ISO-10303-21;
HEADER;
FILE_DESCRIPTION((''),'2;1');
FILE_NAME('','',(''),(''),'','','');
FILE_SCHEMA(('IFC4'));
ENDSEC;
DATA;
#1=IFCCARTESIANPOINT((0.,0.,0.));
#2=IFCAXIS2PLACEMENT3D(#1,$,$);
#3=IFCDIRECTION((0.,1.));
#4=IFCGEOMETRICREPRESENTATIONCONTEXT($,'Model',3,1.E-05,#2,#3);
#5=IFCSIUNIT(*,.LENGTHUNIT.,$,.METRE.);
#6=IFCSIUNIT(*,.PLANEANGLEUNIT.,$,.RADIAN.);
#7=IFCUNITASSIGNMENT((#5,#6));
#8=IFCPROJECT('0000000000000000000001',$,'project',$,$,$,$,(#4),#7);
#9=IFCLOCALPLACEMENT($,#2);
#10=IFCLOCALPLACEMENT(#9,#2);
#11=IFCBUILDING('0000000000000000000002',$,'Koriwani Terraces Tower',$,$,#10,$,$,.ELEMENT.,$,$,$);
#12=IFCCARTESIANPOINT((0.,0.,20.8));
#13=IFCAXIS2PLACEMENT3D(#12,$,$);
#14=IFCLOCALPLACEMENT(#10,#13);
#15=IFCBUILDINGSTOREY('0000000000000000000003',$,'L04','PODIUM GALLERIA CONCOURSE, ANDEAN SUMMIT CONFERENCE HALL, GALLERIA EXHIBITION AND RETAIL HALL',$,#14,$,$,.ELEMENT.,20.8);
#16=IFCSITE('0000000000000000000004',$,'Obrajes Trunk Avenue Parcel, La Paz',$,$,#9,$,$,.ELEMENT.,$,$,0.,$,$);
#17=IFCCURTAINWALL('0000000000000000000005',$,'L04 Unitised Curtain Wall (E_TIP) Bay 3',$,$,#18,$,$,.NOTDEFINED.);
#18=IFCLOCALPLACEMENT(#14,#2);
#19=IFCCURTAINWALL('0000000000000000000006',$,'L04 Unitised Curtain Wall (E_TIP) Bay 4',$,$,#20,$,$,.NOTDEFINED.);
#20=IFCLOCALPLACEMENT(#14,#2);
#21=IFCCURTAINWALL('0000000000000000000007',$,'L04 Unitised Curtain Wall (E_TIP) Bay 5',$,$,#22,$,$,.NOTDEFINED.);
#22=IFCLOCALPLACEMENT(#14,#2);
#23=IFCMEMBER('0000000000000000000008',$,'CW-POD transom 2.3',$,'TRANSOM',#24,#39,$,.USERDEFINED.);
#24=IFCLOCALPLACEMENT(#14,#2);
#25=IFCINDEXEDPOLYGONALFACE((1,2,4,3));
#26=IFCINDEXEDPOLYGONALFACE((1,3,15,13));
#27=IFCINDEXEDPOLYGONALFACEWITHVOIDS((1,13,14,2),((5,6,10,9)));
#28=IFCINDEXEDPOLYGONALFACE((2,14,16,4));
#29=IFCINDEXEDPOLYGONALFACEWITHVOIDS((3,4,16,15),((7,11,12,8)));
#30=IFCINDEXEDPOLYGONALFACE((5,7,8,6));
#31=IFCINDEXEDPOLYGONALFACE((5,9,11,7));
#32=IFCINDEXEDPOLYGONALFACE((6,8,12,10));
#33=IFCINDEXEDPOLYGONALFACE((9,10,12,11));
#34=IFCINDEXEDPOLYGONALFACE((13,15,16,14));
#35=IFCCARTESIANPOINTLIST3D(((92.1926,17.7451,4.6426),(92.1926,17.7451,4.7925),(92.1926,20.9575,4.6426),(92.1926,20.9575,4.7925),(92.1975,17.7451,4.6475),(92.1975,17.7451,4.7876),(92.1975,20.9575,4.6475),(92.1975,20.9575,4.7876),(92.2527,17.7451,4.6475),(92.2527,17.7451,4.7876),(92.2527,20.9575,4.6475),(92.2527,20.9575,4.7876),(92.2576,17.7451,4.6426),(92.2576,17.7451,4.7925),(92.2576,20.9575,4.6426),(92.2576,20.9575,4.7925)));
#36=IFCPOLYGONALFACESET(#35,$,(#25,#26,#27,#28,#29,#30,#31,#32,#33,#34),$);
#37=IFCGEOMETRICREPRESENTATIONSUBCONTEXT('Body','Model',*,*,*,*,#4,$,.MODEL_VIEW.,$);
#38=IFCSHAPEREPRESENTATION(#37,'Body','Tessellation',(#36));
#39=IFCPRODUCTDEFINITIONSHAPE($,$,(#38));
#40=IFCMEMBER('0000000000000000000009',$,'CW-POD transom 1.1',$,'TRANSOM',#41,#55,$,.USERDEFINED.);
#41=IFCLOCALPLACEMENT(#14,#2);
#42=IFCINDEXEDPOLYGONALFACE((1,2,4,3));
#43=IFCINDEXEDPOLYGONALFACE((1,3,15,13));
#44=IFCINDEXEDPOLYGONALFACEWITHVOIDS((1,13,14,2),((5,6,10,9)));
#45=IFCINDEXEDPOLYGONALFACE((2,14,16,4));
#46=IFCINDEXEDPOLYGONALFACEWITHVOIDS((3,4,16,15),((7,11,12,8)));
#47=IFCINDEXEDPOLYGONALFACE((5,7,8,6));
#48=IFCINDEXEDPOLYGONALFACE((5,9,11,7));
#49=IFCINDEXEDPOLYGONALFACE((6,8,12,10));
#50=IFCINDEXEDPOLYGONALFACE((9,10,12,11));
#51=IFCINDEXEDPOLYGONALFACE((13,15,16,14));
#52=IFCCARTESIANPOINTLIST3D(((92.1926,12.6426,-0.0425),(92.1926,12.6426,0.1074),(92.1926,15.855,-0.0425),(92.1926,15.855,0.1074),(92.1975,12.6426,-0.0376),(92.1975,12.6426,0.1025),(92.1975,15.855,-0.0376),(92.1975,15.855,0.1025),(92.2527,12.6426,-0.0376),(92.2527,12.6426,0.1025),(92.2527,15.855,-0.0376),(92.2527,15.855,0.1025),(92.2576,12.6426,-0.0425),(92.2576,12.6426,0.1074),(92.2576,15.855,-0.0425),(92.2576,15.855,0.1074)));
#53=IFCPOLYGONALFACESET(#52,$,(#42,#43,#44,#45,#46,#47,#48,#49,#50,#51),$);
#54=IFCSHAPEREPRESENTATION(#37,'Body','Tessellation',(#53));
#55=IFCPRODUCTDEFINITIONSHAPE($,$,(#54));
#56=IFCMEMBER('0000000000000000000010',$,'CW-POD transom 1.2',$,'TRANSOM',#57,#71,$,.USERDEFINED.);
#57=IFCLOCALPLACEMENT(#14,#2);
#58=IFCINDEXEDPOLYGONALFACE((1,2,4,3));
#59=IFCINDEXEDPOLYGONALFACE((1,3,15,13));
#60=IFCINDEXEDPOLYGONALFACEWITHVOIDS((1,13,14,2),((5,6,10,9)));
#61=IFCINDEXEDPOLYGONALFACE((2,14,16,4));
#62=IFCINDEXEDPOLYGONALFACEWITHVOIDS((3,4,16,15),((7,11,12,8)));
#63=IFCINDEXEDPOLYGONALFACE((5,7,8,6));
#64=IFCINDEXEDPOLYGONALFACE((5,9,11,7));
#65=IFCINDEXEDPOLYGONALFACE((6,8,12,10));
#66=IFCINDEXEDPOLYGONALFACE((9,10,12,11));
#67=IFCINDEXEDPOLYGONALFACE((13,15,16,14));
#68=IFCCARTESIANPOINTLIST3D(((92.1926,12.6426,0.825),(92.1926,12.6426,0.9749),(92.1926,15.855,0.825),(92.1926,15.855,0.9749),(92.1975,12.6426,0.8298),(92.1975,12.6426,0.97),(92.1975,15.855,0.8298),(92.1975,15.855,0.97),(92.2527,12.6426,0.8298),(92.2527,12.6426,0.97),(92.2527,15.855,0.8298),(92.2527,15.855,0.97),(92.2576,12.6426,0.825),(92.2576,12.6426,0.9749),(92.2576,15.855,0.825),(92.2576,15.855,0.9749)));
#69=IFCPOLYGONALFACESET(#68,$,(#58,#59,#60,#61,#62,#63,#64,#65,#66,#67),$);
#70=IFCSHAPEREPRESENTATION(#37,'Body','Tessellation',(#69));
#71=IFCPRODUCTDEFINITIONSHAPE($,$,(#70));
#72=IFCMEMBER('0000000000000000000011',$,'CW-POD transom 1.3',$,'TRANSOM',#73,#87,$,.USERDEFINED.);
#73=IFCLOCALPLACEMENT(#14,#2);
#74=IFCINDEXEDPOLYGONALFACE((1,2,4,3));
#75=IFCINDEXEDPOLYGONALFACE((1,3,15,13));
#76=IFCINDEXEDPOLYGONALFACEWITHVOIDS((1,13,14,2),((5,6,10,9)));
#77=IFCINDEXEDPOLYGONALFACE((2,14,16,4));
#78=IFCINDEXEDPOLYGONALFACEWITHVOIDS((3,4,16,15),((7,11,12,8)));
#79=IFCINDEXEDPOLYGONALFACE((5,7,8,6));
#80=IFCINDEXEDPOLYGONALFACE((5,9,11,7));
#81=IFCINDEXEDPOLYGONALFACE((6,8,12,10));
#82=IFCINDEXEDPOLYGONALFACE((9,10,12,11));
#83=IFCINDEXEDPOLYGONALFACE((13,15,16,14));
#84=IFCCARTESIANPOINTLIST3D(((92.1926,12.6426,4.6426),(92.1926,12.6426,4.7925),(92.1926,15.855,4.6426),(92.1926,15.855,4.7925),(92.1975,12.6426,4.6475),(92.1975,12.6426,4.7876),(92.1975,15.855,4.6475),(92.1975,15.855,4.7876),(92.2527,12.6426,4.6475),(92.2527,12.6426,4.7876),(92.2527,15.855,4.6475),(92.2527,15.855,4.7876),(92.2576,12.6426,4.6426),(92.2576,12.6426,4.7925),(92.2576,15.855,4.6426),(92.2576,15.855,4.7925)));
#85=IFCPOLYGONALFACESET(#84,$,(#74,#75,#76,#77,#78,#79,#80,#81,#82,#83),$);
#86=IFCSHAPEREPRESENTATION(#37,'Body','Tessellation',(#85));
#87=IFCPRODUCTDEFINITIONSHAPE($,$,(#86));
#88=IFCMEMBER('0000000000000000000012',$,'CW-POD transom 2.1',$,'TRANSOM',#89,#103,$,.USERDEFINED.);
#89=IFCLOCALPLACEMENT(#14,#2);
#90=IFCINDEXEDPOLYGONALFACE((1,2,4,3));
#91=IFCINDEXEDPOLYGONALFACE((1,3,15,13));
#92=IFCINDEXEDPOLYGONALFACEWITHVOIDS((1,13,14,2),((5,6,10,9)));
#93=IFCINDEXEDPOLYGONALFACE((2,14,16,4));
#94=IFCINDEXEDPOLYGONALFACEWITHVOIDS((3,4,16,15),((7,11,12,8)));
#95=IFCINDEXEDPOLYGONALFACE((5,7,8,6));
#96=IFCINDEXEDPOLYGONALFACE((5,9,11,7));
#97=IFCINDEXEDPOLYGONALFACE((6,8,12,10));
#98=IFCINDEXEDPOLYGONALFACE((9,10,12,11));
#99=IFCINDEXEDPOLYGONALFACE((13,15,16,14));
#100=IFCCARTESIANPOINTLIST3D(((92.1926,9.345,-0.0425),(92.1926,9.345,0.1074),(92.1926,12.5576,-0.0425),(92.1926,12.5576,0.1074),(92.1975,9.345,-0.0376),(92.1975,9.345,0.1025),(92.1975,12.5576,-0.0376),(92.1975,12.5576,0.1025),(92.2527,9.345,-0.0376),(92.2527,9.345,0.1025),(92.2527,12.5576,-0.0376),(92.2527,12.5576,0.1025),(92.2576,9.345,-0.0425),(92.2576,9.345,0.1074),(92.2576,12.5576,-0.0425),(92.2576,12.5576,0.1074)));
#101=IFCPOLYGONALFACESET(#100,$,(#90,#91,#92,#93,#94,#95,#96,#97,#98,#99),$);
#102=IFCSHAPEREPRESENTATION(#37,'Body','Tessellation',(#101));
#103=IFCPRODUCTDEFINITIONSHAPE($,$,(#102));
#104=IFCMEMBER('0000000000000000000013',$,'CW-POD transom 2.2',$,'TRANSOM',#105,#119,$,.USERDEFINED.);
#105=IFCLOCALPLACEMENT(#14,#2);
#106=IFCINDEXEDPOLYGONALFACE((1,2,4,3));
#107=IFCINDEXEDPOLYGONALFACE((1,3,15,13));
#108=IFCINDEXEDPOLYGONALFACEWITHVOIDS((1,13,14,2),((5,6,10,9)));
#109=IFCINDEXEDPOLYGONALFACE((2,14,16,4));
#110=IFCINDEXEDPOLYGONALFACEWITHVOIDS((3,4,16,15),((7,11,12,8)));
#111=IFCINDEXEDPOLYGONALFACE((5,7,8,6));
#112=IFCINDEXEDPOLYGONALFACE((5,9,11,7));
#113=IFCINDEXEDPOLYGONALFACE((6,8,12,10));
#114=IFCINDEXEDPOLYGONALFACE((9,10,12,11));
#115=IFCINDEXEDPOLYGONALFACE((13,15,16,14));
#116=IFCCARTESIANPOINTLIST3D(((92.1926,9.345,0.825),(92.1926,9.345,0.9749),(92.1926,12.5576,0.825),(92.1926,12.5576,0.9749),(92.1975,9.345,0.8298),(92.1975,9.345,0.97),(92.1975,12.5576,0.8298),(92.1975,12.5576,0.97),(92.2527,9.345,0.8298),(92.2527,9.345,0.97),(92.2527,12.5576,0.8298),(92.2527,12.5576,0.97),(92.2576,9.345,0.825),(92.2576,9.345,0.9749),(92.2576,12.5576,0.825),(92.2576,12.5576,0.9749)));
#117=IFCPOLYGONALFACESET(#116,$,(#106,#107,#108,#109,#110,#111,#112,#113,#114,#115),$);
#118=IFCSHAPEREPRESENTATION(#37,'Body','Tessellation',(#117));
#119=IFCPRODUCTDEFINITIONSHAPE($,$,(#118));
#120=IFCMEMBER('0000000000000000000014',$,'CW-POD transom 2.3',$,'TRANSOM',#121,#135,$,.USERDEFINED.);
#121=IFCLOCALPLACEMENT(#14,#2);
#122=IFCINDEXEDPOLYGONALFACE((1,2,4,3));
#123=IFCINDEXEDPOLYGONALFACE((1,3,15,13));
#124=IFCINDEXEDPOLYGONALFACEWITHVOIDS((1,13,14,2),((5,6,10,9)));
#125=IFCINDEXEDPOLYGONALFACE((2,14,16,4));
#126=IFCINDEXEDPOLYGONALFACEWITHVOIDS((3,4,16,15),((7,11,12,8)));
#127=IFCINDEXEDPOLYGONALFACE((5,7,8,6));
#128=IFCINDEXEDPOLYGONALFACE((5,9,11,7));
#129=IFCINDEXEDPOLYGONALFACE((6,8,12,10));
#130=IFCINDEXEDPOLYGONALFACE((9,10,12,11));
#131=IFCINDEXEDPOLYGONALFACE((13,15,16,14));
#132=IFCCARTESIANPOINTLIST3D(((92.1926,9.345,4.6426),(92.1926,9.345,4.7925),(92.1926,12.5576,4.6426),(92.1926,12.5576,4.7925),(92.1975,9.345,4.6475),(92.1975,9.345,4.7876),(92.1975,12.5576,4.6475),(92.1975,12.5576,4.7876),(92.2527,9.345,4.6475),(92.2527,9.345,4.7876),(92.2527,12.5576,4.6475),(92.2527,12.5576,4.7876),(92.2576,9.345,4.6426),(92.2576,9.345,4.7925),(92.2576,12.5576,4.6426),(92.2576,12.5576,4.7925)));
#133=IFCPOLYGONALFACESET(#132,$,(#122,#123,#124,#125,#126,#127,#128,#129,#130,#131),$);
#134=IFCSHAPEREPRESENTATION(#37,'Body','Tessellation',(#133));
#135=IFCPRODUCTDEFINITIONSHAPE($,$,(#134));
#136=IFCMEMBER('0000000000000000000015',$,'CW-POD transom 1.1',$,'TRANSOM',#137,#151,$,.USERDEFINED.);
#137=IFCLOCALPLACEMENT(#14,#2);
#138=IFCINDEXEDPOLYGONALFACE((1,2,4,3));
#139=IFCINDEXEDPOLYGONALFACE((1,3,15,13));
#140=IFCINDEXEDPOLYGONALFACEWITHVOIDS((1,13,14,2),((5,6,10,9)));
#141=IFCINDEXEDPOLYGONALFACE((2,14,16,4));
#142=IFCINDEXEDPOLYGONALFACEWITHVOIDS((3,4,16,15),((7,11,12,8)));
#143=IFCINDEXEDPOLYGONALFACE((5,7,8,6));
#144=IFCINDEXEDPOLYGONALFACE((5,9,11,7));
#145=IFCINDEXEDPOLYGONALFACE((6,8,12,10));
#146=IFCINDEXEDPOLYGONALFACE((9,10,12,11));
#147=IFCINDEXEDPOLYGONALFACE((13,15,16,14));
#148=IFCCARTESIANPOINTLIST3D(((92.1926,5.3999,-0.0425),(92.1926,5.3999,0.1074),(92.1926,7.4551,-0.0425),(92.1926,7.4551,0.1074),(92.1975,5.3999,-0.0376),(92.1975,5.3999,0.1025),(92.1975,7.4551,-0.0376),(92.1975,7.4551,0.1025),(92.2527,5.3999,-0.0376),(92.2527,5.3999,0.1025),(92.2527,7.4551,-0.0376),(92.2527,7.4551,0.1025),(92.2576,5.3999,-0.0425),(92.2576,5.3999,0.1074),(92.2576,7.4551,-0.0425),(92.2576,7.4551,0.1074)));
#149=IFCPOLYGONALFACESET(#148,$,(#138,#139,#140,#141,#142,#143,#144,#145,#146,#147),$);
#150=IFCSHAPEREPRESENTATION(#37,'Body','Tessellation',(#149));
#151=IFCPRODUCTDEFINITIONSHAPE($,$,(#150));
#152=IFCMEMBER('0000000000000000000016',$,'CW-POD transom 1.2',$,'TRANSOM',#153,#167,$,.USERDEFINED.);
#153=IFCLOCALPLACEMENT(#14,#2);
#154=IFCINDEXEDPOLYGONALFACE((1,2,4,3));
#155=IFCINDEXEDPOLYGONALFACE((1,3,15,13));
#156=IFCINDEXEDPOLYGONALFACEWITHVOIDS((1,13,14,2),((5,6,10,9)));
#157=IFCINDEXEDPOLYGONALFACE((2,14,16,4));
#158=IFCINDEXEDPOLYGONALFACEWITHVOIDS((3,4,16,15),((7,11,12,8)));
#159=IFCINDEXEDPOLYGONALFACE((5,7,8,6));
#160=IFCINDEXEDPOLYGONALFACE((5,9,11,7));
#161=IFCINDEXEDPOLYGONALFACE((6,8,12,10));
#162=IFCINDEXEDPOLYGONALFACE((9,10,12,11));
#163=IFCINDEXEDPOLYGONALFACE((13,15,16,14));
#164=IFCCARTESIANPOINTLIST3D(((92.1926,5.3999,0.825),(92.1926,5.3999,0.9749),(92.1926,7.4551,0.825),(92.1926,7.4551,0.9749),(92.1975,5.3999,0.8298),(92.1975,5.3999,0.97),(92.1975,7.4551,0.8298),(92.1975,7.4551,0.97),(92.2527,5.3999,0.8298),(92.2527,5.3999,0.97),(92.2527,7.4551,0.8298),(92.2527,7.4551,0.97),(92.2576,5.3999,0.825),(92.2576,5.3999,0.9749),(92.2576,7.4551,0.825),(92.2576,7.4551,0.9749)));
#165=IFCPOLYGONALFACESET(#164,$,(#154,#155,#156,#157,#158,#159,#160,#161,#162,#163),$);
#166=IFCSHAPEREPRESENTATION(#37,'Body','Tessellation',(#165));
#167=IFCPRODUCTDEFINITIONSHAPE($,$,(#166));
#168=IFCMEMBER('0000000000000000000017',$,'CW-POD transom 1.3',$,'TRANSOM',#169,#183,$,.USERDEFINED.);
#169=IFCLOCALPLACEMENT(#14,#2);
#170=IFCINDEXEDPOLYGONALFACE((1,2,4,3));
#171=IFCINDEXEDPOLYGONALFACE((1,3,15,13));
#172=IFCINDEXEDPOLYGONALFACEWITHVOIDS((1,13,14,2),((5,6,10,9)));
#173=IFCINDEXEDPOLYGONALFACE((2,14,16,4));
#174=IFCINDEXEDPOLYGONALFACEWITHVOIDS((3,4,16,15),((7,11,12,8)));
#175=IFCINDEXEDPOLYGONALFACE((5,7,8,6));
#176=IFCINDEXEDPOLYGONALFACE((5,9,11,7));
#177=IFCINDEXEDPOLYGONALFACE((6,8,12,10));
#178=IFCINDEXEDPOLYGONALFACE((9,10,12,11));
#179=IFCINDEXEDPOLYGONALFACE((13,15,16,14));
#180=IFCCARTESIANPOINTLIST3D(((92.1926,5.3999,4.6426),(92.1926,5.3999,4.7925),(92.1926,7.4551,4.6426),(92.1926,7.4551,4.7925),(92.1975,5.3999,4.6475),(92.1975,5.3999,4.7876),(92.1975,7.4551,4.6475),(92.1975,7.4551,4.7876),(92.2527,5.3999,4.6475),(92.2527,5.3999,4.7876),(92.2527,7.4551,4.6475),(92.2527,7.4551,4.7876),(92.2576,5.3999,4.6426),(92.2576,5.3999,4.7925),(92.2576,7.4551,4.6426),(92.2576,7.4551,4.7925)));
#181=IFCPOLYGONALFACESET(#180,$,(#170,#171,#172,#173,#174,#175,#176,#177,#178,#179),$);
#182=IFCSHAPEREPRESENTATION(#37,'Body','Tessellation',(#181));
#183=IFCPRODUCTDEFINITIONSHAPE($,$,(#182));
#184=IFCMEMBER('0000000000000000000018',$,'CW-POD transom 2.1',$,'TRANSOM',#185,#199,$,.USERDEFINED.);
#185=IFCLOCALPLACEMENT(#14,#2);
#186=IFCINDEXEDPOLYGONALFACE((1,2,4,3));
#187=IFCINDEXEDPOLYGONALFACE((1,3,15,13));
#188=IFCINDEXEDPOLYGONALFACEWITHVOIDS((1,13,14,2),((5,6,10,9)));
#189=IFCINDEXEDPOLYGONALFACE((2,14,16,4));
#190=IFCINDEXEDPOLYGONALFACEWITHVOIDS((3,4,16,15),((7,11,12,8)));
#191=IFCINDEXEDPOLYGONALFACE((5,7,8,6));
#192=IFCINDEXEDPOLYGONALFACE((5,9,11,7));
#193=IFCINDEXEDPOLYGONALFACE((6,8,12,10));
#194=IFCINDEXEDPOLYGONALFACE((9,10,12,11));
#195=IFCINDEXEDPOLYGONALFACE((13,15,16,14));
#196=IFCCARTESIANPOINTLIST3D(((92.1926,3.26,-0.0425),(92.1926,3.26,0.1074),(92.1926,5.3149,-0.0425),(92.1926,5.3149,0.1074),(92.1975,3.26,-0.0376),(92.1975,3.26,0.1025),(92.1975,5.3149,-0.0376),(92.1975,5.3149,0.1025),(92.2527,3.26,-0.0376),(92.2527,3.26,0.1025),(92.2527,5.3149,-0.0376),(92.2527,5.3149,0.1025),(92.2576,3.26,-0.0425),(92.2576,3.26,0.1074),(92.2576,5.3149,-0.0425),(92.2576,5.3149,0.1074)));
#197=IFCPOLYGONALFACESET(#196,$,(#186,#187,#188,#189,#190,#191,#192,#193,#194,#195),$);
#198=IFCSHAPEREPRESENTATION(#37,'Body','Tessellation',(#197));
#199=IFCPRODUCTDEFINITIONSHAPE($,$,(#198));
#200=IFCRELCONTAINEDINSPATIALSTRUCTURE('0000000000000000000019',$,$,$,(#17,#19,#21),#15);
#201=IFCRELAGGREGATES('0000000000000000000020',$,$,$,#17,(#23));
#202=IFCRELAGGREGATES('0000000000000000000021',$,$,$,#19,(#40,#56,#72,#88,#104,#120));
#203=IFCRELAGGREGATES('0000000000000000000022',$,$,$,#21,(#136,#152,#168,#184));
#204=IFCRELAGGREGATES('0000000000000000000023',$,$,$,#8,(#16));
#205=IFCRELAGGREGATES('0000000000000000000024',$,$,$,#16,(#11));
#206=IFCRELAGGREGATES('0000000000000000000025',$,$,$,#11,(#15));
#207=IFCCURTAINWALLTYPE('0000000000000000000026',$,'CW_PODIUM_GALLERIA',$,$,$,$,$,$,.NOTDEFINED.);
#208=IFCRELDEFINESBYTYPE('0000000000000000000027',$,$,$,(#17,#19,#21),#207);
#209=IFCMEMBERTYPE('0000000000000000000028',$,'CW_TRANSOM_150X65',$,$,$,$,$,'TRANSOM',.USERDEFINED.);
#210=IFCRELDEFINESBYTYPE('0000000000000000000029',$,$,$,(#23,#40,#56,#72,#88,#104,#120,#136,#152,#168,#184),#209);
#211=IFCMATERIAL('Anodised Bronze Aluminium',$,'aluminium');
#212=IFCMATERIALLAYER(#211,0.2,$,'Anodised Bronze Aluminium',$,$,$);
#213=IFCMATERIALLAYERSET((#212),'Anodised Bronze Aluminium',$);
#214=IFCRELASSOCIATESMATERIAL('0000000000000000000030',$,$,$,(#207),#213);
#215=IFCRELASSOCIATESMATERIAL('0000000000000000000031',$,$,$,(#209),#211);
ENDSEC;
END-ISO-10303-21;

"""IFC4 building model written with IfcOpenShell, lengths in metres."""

from ifc_helpers import new_model, si_unit, direction, frame, origin, origin_2d, place, context, subcontext, project, spatial, hollow_rectangle, extrude, material, layer, layer_set, material_profile, profile_set, type_object, element, aggregate, save


model = new_model("IFC4")

# Units and contexts
model_context = context("Model", 3, precision=1e-05, world=origin(), true_north=direction((0.0, 1.0)))
body_context = subcontext(model_context, "Body", "Model", "MODEL_VIEW")
ifc_project = project(units=[si_unit("LENGTHUNIT", "METRE"), si_unit("PLANEANGLEUNIT", "RADIAN")], contexts=[model_context])

# Site, building, storey
site_placement = place(None, origin())
site = spatial("IfcSite", under=ifc_project, at=site_placement, Name="Obrajes Trunk Avenue Parcel, La Paz", CompositionType="ELEMENT", RefElevation=0.0)
building_placement = place(site_placement, origin())
building = spatial("IfcBuilding", under=site, at=building_placement, Name="Koriwani Terraces Tower", CompositionType="ELEMENT")
storey_placement = place(building_placement, frame((0.0, 0.0, 20.8)))
storey = spatial("IfcBuildingStorey", under=building, at=storey_placement, Name="L04", Description="PODIUM GALLERIA CONCOURSE, ANDEAN SUMMIT CONFERENCE HALL, GALLERIA EXHIBITION AND RETAIL HALL", CompositionType="ELEMENT", Elevation=20.8)

# Curtain walls
ifc_material_1 = material(Name="Anodised Bronze Aluminium", Category="aluminium")
ifc_layer_1 = layer(ifc_material_1, 0.2, Name="Anodised Bronze Aluminium")
ifc_layer_set_1 = layer_set([ifc_layer_1], Name="Anodised Bronze Aluminium")
curtain_wall_type = type_object("IfcCurtainWallType", Name="CW_PODIUM_GALLERIA", PredefinedType="NOTDEFINED", material=ifc_layer_set_1)
curtain_wall_1_placement = place(storey_placement, origin())
curtain_wall_1 = element("IfcCurtainWall", 1, at=curtain_wall_1_placement, inside=storey, type_object=curtain_wall_type, Name="L04 Unitised Curtain Wall (E_TIP) Bay 3", PredefinedType="NOTDEFINED")
curtain_wall_2_placement = place(storey_placement, origin())
curtain_wall_2 = element("IfcCurtainWall", 2, at=curtain_wall_2_placement, inside=storey, type_object=curtain_wall_type, Name="L04 Unitised Curtain Wall (E_TIP) Bay 4", PredefinedType="NOTDEFINED")
curtain_wall_3_placement = place(storey_placement, origin())
curtain_wall_3 = element("IfcCurtainWall", 3, at=curtain_wall_3_placement, inside=storey, type_object=curtain_wall_type, Name="L04 Unitised Curtain Wall (E_TIP) Bay 5", PredefinedType="NOTDEFINED")

# Members
ifc_material_profile_1 = material_profile(ifc_material_1, hollow_rectangle(XDim=0.0649, YDim=0.1499, WallThickness=0.0049, at=origin_2d()), Name="Anodised Bronze Aluminium", Category="LoadBearing")
ifc_profile_set_1 = profile_set([ifc_material_profile_1], Name="Anodised Bronze Aluminium")
member_type_1 = type_object("IfcMemberType", Name="CW_TRANSOM_150X65", ElementType="TRANSOM", PredefinedType="USERDEFINED", material=ifc_profile_set_1)
member_1_placement = place(storey_placement, frame((92.2251, 20.9575, 4.7175), z_axis=(0.0, -1.0, 0.0), x_axis=(1.0, 0.0, 0.0)))
member_1 = element("IfcMember", 4, at=member_1_placement, type_object=member_type_1, Name="CW-POD transom 2.3", ObjectType="TRANSOM", PredefinedType="USERDEFINED", context=body_context, shape_type="SweptSolid", body=[
    extrude(hollow_rectangle(XDim=0.0649, YDim=0.1499, WallThickness=0.0049, at=origin_2d()), origin(), (0.0, 0.0, 1.0), 3.2124),
])
member_2_placement = place(storey_placement, frame((92.2251, 15.855, 0.0325), z_axis=(0.0, -1.0, 0.0), x_axis=(1.0, 0.0, 0.0)))
member_2 = element("IfcMember", 5, at=member_2_placement, type_object=member_type_1, Name="CW-POD transom 1.1", ObjectType="TRANSOM", PredefinedType="USERDEFINED", context=body_context, shape_type="SweptSolid", body=[
    extrude(hollow_rectangle(XDim=0.0649, YDim=0.1499, WallThickness=0.0049, at=origin_2d()), origin(), (0.0, 0.0, 1.0), 3.2124),
])
member_3_placement = place(storey_placement, frame((92.2251, 15.855, 0.8999), z_axis=(0.0, -1.0, 0.0), x_axis=(1.0, 0.0, 0.0)))
member_3 = element("IfcMember", 6, at=member_3_placement, type_object=member_type_1, Name="CW-POD transom 1.2", ObjectType="TRANSOM", PredefinedType="USERDEFINED", context=body_context, shape_type="SweptSolid", body=[
    extrude(hollow_rectangle(XDim=0.0649, YDim=0.1499, WallThickness=0.0049, at=origin_2d()), origin(), (0.0, 0.0, 1.0), 3.2124),
])
member_4_placement = place(storey_placement, frame((92.2251, 15.855, 4.7175), z_axis=(0.0, -1.0, 0.0), x_axis=(1.0, 0.0, 0.0)))
member_4 = element("IfcMember", 7, at=member_4_placement, type_object=member_type_1, Name="CW-POD transom 1.3", ObjectType="TRANSOM", PredefinedType="USERDEFINED", context=body_context, shape_type="SweptSolid", body=[
    extrude(hollow_rectangle(XDim=0.0649, YDim=0.1499, WallThickness=0.0049, at=origin_2d()), origin(), (0.0, 0.0, 1.0), 3.2124),
])
member_5_placement = place(storey_placement, frame((92.2251, 12.5576, 0.0325), z_axis=(0.0, -1.0, 0.0), x_axis=(1.0, 0.0, 0.0)))
member_5 = element("IfcMember", 8, at=member_5_placement, type_object=member_type_1, Name="CW-POD transom 2.1", ObjectType="TRANSOM", PredefinedType="USERDEFINED", context=body_context, shape_type="SweptSolid", body=[
    extrude(hollow_rectangle(XDim=0.0649, YDim=0.1499, WallThickness=0.0049, at=origin_2d()), origin(), (0.0, 0.0, 1.0), 3.2126),
])
member_6_placement = place(storey_placement, frame((92.2251, 12.5576, 0.8999), z_axis=(0.0, -1.0, 0.0), x_axis=(1.0, 0.0, 0.0)))
member_6 = element("IfcMember", 9, at=member_6_placement, type_object=member_type_1, Name="CW-POD transom 2.2", ObjectType="TRANSOM", PredefinedType="USERDEFINED", context=body_context, shape_type="SweptSolid", body=[
    extrude(hollow_rectangle(XDim=0.0649, YDim=0.1499, WallThickness=0.0049, at=origin_2d()), origin(), (0.0, 0.0, 1.0), 3.2126),
])
member_7_placement = place(storey_placement, frame((92.2251, 12.5576, 4.7175), z_axis=(0.0, -1.0, 0.0), x_axis=(1.0, 0.0, 0.0)))
member_7 = element("IfcMember", 10, at=member_7_placement, type_object=member_type_1, Name="CW-POD transom 2.3", ObjectType="TRANSOM", PredefinedType="USERDEFINED", context=body_context, shape_type="SweptSolid", body=[
    extrude(hollow_rectangle(XDim=0.0649, YDim=0.1499, WallThickness=0.0049, at=origin_2d()), origin(), (0.0, 0.0, 1.0), 3.2126),
])
member_8_placement = place(storey_placement, frame((92.2251, 7.4551, 0.0325), z_axis=(0.0, -1.0, 0.0), x_axis=(1.0, 0.0, 0.0)))
member_8 = element("IfcMember", 11, at=member_8_placement, type_object=member_type_1, Name="CW-POD transom 1.1", ObjectType="TRANSOM", PredefinedType="USERDEFINED", context=body_context, shape_type="SweptSolid", body=[
    extrude(hollow_rectangle(XDim=0.0649, YDim=0.1499, WallThickness=0.0049, at=origin_2d()), origin(), (0.0, 0.0, 1.0), 2.0552),
])
member_9_placement = place(storey_placement, frame((92.2251, 7.4551, 0.8999), z_axis=(0.0, -1.0, 0.0), x_axis=(1.0, 0.0, 0.0)))
member_9 = element("IfcMember", 12, at=member_9_placement, type_object=member_type_1, Name="CW-POD transom 1.2", ObjectType="TRANSOM", PredefinedType="USERDEFINED", context=body_context, shape_type="SweptSolid", body=[
    extrude(hollow_rectangle(XDim=0.0649, YDim=0.1499, WallThickness=0.0049, at=origin_2d()), origin(), (0.0, 0.0, 1.0), 2.0552),
])
member_10_placement = place(storey_placement, frame((92.2251, 7.4551, 4.7175), z_axis=(0.0, -1.0, 0.0), x_axis=(1.0, 0.0, 0.0)))
member_10 = element("IfcMember", 13, at=member_10_placement, type_object=member_type_1, Name="CW-POD transom 1.3", ObjectType="TRANSOM", PredefinedType="USERDEFINED", context=body_context, shape_type="SweptSolid", body=[
    extrude(hollow_rectangle(XDim=0.0649, YDim=0.1499, WallThickness=0.0049, at=origin_2d()), origin(), (0.0, 0.0, 1.0), 2.0552),
])
member_11_placement = place(storey_placement, frame((92.2251, 5.3149, 0.0325), z_axis=(0.0, -1.0, 0.0), x_axis=(1.0, 0.0, 0.0)))
member_11 = element("IfcMember", 14, at=member_11_placement, type_object=member_type_1, Name="CW-POD transom 2.1", ObjectType="TRANSOM", PredefinedType="USERDEFINED", context=body_context, shape_type="SweptSolid", body=[
    extrude(hollow_rectangle(XDim=0.0649, YDim=0.1499, WallThickness=0.0049, at=origin_2d()), origin(), (0.0, 0.0, 1.0), 2.0549),
])

aggregate(curtain_wall_1, [member_1])
aggregate(curtain_wall_2, [member_2, member_3, member_4, member_5, member_6, member_7])
aggregate(curtain_wall_3, [member_8, member_9, member_10, member_11])

save(model, "model.ifc")
